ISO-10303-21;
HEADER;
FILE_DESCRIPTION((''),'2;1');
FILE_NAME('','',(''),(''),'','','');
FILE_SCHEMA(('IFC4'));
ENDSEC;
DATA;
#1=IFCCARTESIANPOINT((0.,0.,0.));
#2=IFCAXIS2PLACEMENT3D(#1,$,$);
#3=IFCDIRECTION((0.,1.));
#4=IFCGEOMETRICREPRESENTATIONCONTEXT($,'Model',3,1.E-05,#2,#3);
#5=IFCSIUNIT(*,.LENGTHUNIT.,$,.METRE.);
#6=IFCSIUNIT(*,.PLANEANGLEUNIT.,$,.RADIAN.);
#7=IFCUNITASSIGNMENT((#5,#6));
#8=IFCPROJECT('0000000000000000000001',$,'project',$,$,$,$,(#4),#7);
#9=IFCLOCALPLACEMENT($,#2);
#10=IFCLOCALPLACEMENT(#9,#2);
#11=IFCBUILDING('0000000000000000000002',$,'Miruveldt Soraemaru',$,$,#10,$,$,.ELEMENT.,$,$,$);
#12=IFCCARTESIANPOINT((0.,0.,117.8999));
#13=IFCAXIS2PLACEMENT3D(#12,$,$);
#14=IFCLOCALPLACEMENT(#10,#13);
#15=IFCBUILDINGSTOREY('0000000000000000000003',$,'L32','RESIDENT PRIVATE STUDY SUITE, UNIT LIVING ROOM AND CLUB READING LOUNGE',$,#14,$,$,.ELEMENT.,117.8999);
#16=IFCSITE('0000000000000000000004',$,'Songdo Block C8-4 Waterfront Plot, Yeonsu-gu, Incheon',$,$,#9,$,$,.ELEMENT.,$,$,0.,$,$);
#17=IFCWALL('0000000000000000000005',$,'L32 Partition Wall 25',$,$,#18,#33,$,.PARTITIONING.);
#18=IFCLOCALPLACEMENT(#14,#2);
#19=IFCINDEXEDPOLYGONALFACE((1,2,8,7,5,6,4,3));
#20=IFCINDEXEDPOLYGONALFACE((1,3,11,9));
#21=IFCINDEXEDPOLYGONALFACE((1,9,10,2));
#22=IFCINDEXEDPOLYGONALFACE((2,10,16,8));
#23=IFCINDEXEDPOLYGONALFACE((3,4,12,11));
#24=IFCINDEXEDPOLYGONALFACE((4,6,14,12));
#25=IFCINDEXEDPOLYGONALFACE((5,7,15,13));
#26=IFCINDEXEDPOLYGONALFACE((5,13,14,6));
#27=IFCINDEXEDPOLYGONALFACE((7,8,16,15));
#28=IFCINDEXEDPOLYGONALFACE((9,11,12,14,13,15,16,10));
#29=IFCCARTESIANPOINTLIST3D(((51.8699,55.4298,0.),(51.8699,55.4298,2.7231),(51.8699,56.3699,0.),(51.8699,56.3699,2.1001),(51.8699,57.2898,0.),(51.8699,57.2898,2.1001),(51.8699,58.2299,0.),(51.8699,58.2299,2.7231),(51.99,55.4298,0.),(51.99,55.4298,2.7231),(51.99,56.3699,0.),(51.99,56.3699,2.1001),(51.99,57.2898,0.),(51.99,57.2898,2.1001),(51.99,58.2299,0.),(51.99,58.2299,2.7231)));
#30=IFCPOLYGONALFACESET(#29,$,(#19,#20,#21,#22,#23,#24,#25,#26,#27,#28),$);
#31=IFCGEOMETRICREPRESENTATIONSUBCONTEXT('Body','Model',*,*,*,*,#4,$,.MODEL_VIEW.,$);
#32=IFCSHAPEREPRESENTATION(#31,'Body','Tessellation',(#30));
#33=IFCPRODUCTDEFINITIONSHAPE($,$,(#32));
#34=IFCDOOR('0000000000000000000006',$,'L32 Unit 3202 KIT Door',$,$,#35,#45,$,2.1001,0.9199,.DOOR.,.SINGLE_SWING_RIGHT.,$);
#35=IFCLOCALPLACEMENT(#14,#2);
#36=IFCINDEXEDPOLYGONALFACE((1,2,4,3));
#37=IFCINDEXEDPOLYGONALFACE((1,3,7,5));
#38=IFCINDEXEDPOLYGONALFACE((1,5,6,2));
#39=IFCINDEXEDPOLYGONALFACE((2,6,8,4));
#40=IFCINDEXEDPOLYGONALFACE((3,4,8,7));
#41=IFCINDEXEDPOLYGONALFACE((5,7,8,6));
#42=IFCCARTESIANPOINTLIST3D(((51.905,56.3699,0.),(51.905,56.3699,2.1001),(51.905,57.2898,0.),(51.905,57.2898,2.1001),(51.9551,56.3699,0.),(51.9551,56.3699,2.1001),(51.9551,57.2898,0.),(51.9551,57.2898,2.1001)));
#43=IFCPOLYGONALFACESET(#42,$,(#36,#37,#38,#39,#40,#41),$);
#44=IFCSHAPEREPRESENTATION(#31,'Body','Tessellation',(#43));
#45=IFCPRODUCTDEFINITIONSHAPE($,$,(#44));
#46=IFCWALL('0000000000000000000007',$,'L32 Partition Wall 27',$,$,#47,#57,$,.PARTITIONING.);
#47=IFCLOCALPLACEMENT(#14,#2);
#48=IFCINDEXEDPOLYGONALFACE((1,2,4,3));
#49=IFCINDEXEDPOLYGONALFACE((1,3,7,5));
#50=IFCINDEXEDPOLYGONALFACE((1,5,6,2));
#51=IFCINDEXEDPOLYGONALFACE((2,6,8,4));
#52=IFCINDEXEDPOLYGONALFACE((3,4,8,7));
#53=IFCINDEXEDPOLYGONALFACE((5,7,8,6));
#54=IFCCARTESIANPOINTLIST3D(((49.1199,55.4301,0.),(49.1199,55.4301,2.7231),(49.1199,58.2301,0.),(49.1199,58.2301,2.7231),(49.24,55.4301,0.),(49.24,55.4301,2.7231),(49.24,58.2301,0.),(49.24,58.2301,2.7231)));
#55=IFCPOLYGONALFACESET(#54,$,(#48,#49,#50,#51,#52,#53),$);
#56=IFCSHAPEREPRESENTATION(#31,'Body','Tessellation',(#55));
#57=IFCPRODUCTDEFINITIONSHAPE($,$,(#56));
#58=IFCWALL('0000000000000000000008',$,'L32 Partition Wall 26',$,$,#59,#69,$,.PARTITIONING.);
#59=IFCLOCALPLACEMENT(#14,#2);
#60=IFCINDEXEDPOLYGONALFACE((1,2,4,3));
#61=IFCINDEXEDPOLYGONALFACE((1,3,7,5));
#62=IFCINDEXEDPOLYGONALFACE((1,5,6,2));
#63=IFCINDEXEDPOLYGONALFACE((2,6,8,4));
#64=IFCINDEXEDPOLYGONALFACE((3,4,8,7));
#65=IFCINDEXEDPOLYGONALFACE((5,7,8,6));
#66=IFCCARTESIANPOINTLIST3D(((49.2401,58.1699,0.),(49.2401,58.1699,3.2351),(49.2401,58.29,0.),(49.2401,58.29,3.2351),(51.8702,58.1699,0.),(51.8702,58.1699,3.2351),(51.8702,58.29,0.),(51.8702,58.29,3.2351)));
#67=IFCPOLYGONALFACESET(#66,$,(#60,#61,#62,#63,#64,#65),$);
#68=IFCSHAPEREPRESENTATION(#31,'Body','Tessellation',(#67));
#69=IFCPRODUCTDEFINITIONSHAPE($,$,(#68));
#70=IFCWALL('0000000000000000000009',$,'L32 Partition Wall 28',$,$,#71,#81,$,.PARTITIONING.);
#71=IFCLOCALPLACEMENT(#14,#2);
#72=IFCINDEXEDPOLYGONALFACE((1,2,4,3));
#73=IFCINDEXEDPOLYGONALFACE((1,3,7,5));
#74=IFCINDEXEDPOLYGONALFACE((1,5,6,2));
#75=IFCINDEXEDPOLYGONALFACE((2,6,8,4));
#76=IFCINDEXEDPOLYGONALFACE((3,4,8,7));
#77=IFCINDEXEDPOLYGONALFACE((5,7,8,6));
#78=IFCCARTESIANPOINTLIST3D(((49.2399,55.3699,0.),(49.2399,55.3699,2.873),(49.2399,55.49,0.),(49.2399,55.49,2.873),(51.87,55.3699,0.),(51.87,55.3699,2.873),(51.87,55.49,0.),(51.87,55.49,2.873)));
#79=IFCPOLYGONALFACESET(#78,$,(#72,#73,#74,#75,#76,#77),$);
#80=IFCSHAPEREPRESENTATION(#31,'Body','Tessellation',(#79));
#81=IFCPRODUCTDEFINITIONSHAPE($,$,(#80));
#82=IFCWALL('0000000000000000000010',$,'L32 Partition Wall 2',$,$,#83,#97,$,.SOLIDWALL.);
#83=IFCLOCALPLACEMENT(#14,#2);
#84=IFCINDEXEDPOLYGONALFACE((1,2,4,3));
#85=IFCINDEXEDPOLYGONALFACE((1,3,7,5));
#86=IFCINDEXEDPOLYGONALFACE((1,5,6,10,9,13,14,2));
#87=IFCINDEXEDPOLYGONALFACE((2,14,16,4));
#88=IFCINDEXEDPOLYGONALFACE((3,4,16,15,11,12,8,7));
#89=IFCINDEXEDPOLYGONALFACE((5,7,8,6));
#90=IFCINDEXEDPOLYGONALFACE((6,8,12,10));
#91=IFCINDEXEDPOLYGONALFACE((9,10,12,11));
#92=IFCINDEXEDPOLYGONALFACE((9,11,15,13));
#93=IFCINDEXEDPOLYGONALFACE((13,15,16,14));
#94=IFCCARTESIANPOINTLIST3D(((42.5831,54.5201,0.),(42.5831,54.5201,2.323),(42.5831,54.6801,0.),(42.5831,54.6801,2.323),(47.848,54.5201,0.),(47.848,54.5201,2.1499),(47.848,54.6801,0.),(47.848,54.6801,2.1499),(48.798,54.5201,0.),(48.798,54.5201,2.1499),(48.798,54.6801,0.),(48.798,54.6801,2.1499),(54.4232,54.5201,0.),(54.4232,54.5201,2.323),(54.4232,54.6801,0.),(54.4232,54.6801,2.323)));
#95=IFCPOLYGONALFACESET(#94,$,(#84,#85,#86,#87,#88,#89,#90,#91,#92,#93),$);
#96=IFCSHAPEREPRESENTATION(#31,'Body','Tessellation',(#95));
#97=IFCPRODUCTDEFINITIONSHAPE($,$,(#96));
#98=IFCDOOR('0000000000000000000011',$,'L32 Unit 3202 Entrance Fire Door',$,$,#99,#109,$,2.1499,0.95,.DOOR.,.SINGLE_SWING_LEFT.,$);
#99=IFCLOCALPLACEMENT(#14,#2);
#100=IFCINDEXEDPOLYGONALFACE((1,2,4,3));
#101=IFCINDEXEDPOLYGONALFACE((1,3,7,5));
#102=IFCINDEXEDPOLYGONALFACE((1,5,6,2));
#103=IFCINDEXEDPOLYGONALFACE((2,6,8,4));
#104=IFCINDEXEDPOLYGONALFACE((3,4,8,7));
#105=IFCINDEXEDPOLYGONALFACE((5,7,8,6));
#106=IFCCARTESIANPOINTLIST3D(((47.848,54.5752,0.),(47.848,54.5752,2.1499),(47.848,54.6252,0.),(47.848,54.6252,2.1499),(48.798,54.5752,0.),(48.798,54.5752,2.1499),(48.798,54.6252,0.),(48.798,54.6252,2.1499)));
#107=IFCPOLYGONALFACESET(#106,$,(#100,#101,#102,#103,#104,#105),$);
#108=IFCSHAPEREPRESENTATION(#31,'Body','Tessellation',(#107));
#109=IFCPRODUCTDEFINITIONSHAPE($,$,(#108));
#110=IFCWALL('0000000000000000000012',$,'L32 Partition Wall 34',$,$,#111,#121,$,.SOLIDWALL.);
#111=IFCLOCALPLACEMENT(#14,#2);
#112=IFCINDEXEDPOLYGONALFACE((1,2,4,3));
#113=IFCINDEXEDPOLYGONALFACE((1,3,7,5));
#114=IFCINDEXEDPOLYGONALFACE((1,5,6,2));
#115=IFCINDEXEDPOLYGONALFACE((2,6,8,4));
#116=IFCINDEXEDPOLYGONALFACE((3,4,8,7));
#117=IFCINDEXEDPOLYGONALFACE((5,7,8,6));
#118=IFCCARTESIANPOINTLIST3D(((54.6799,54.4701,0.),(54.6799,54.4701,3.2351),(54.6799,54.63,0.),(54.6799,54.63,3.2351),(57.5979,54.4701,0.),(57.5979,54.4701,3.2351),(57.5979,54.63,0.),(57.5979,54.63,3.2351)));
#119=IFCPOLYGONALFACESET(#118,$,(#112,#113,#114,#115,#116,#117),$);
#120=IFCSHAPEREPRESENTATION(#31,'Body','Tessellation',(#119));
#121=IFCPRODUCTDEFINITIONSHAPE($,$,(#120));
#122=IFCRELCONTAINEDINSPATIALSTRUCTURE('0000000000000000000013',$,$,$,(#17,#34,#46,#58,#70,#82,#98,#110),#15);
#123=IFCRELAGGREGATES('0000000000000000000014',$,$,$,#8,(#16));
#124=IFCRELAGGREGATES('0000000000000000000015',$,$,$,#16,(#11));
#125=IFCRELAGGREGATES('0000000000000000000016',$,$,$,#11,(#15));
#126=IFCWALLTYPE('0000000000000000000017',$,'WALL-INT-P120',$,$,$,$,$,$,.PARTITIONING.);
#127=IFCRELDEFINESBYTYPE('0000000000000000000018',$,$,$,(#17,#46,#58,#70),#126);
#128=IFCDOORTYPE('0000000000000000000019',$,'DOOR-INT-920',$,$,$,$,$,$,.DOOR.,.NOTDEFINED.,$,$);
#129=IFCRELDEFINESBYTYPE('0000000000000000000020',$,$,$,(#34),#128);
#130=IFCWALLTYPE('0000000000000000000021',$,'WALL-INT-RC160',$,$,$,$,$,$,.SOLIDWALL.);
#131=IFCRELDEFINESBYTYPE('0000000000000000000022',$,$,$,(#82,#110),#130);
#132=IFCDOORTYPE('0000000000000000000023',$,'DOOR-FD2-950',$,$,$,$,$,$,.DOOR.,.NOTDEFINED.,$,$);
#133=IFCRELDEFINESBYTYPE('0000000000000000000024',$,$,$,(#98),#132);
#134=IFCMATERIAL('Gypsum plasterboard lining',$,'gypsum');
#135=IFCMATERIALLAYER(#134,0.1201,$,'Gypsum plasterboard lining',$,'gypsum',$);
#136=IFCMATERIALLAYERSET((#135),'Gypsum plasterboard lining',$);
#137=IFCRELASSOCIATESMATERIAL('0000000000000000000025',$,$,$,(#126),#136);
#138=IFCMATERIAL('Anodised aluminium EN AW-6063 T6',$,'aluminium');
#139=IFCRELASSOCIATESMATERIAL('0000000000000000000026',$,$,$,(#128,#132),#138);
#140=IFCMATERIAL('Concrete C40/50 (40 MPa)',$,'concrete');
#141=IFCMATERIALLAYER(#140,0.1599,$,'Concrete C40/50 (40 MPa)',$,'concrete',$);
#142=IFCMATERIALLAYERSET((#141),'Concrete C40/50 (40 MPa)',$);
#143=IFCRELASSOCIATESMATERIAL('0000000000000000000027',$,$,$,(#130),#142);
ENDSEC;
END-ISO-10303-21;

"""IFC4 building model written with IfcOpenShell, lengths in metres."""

from ifc_helpers import new_model, si_unit, direction, frame, frame_2d, origin, place, context, subcontext, project, spatial, rectangle, extrude, material, layer, layer_set, type_object, element, fill, save


model = new_model("IFC4")

# Units and contexts
model_context = context("Model", 3, precision=1e-05, world=origin(), true_north=direction((0.0, 1.0)))
body_context = subcontext(model_context, "Body", "Model", "MODEL_VIEW")
ifc_project = project(units=[si_unit("LENGTHUNIT", "METRE"), si_unit("PLANEANGLEUNIT", "RADIAN")], contexts=[model_context])

# Site, building, storey
site_placement = place(None, origin())
site = spatial("IfcSite", under=ifc_project, at=site_placement, Name="Songdo Block C8-4 Waterfront Plot, Yeonsu-gu, Incheon", CompositionType="ELEMENT", RefElevation=0.0)
building_placement = place(site_placement, origin())
building = spatial("IfcBuilding", under=site, at=building_placement, Name="Miruveldt Soraemaru", CompositionType="ELEMENT")
storey_placement = place(building_placement, frame((0.0, 0.0, 117.8999)))
storey = spatial("IfcBuildingStorey", under=building, at=storey_placement, Name="L32", Description="RESIDENT PRIVATE STUDY SUITE, UNIT LIVING ROOM AND CLUB READING LOUNGE", CompositionType="ELEMENT", Elevation=117.8999)

# Wall, opening, door
ifc_material_1 = material(Name="Gypsum plasterboard lining", Category="gypsum")
ifc_layer_1 = layer(ifc_material_1, 0.1201, Name="Gypsum plasterboard lining", Category="gypsum")
ifc_layer_set_1 = layer_set([ifc_layer_1], Name="Gypsum plasterboard lining")
wall_type_1 = type_object("IfcWallType", Name="WALL-INT-P120", PredefinedType="PARTITIONING", material=ifc_layer_set_1)
wall_1_placement = place(storey_placement, frame((51.9299, 55.4299, 0.0), z_axis=(0.0, 0.0, 1.0), x_axis=(0.0, 1.0, 0.0)))
wall_1 = element("IfcWall", 1, at=wall_1_placement, inside=storey, type_object=wall_type_1, Name="L32 Partition Wall 25", PredefinedType="PARTITIONING", context=body_context, shape_type="SweptSolid", body=[
    extrude(rectangle(XDim=2.8, YDim=0.1201, at=frame_2d((1.3999, 0.0))), origin(), (0.0, 0.0, 1.0), 2.7231),
])
opening_1_placement = place(wall_1_placement, frame((0.9399, 0.0, 0.0)))
opening_1 = element("IfcOpeningElement", 2, at=opening_1_placement, cuts=wall_1, PredefinedType="OPENING", context=body_context, shape_type="SweptSolid", body=[
    extrude(rectangle(XDim=0.9199, YDim=2.1001, at=frame_2d((0.46, 1.05))), frame((0.0, 0.0701, 0.0), z_axis=(0.0, -1.0, 0.0), x_axis=(1.0, 0.0, 0.0)), (0.0, 0.0, 1.0), 0.1401),
])
ifc_material_2 = material(Name="Anodised aluminium EN AW-6063 T6", Category="aluminium")
door_type_1 = type_object("IfcDoorType", Name="DOOR-INT-920", OperationType="NOTDEFINED", PredefinedType="DOOR", material=ifc_material_2)
door_1_placement = place(opening_1_placement, origin())
door_1 = element("IfcDoor", 3, at=door_1_placement, inside=storey, type_object=door_type_1, Name="L32 Unit 3202 KIT Door", OperationType="SINGLE_SWING_RIGHT", OverallHeight=2.1001, OverallWidth=0.9199, PredefinedType="DOOR", context=body_context, shape_type="SweptSolid", body=[
    extrude(rectangle(XDim=0.9199, YDim=2.1001, at=frame_2d((0.46, 1.05))), frame((0.0, 0.0249, 0.0), z_axis=(0.0, -1.0, 0.0), x_axis=(1.0, 0.0, 0.0)), (0.0, 0.0, 1.0), 0.05),
])
fill(opening_1, door_1)

# Walls
wall_2_placement = place(storey_placement, frame((49.1799, 58.23, 0.0), z_axis=(0.0, 0.0, 1.0), x_axis=(0.0, -1.0, 0.0)))
element("IfcWall", 4, at=wall_2_placement, inside=storey, type_object=wall_type_1, Name="L32 Partition Wall 27", PredefinedType="PARTITIONING", context=body_context, shape_type="SweptSolid", body=[
    extrude(rectangle(XDim=2.8, YDim=0.1201, at=frame_2d((1.3999, 0.0))), origin(), (0.0, 0.0, 1.0), 2.7231),
])
wall_3_placement = place(storey_placement, frame((51.8701, 58.23, 0.0), z_axis=(0.0, 0.0, 1.0), x_axis=(-1.0, 0.0, 0.0)))
element("IfcWall", 5, at=wall_3_placement, inside=storey, type_object=wall_type_1, Name="L32 Partition Wall 26", PredefinedType="PARTITIONING", context=body_context, shape_type="SweptSolid", body=[
    extrude(rectangle(XDim=2.6301, YDim=0.1201, at=frame_2d((1.3149, 0.0))), origin(), (0.0, 0.0, 1.0), 3.2351),
])
wall_4_placement = place(storey_placement, frame((49.24, 55.4299, 0.0), z_axis=(0.0, 0.0, 1.0), x_axis=(1.0, 0.0, 0.0)))
element("IfcWall", 6, at=wall_4_placement, inside=storey, type_object=wall_type_1, Name="L32 Partition Wall 28", PredefinedType="PARTITIONING", context=body_context, shape_type="SweptSolid", body=[
    extrude(rectangle(XDim=2.6301, YDim=0.1201, at=frame_2d((1.3149, 0.0))), origin(), (0.0, 0.0, 1.0), 2.873),
])

# Wall, opening, door
ifc_material_3 = material(Name="Concrete C40/50 (40 MPa)", Category="concrete")
ifc_layer_2 = layer(ifc_material_3, 0.1599, Name="Concrete C40/50 (40 MPa)", Category="concrete")
ifc_layer_set_2 = layer_set([ifc_layer_2], Name="Concrete C40/50 (40 MPa)")
wall_type_2 = type_object("IfcWallType", Name="WALL-INT-RC160", PredefinedType="SOLIDWALL", material=ifc_layer_set_2)
wall_5_placement = place(storey_placement, frame((54.4231, 54.6001, 0.0), z_axis=(0.0, 0.0, 1.0), x_axis=(-1.0, 0.0, 0.0)))
wall_5 = element("IfcWall", 7, at=wall_5_placement, inside=storey, type_object=wall_type_2, Name="L32 Partition Wall 2", PredefinedType="SOLIDWALL", context=body_context, shape_type="SweptSolid", body=[
    extrude(rectangle(XDim=11.8401, YDim=0.1599, at=frame_2d((5.9199, 0.0))), origin(), (0.0, 0.0, 1.0), 2.323),
])
opening_2_placement = place(wall_5_placement, frame((5.625, 0.0, 0.0)))
opening_2 = element("IfcOpeningElement", 8, at=opening_2_placement, cuts=wall_5, PredefinedType="OPENING", context=body_context, shape_type="SweptSolid", body=[
    extrude(rectangle(XDim=0.95, YDim=2.1499, at=frame_2d((0.4751, 1.075))), frame((0.0, 0.0898, 0.0), z_axis=(0.0, -1.0, 0.0), x_axis=(1.0, 0.0, 0.0)), (0.0, 0.0, 1.0), 0.1799),
])
door_type_2 = type_object("IfcDoorType", Name="DOOR-FD2-950", OperationType="NOTDEFINED", PredefinedType="DOOR", material=ifc_material_2)
door_2_placement = place(opening_2_placement, origin())
door_2 = element("IfcDoor", 9, at=door_2_placement, inside=storey, type_object=door_type_2, Name="L32 Unit 3202 Entrance Fire Door", OperationType="SINGLE_SWING_LEFT", OverallHeight=2.1499, OverallWidth=0.95, PredefinedType="DOOR", context=body_context, shape_type="SweptSolid", body=[
    extrude(rectangle(XDim=0.95, YDim=2.1499, at=frame_2d((0.4751, 1.075))), frame((0.0, 0.0249, 0.0), z_axis=(0.0, -1.0, 0.0), x_axis=(1.0, 0.0, 0.0)), (0.0, 0.0, 1.0), 0.05),
])
fill(opening_2, door_2)

# Wall
wall_6_placement = place(storey_placement, frame((54.6799, 54.55, 0.0), z_axis=(0.0, 0.0, 1.0), x_axis=(1.0, 0.0, 0.0)))
element("IfcWall", 10, at=wall_6_placement, inside=storey, type_object=wall_type_2, Name="L32 Partition Wall 34", PredefinedType="SOLIDWALL", context=body_context, shape_type="SweptSolid", body=[
    extrude(rectangle(XDim=2.918, YDim=0.1599, at=frame_2d((1.459, 0.0))), origin(), (0.0, 0.0, 1.0), 3.2351),
])

save(model, "model.ifc")
